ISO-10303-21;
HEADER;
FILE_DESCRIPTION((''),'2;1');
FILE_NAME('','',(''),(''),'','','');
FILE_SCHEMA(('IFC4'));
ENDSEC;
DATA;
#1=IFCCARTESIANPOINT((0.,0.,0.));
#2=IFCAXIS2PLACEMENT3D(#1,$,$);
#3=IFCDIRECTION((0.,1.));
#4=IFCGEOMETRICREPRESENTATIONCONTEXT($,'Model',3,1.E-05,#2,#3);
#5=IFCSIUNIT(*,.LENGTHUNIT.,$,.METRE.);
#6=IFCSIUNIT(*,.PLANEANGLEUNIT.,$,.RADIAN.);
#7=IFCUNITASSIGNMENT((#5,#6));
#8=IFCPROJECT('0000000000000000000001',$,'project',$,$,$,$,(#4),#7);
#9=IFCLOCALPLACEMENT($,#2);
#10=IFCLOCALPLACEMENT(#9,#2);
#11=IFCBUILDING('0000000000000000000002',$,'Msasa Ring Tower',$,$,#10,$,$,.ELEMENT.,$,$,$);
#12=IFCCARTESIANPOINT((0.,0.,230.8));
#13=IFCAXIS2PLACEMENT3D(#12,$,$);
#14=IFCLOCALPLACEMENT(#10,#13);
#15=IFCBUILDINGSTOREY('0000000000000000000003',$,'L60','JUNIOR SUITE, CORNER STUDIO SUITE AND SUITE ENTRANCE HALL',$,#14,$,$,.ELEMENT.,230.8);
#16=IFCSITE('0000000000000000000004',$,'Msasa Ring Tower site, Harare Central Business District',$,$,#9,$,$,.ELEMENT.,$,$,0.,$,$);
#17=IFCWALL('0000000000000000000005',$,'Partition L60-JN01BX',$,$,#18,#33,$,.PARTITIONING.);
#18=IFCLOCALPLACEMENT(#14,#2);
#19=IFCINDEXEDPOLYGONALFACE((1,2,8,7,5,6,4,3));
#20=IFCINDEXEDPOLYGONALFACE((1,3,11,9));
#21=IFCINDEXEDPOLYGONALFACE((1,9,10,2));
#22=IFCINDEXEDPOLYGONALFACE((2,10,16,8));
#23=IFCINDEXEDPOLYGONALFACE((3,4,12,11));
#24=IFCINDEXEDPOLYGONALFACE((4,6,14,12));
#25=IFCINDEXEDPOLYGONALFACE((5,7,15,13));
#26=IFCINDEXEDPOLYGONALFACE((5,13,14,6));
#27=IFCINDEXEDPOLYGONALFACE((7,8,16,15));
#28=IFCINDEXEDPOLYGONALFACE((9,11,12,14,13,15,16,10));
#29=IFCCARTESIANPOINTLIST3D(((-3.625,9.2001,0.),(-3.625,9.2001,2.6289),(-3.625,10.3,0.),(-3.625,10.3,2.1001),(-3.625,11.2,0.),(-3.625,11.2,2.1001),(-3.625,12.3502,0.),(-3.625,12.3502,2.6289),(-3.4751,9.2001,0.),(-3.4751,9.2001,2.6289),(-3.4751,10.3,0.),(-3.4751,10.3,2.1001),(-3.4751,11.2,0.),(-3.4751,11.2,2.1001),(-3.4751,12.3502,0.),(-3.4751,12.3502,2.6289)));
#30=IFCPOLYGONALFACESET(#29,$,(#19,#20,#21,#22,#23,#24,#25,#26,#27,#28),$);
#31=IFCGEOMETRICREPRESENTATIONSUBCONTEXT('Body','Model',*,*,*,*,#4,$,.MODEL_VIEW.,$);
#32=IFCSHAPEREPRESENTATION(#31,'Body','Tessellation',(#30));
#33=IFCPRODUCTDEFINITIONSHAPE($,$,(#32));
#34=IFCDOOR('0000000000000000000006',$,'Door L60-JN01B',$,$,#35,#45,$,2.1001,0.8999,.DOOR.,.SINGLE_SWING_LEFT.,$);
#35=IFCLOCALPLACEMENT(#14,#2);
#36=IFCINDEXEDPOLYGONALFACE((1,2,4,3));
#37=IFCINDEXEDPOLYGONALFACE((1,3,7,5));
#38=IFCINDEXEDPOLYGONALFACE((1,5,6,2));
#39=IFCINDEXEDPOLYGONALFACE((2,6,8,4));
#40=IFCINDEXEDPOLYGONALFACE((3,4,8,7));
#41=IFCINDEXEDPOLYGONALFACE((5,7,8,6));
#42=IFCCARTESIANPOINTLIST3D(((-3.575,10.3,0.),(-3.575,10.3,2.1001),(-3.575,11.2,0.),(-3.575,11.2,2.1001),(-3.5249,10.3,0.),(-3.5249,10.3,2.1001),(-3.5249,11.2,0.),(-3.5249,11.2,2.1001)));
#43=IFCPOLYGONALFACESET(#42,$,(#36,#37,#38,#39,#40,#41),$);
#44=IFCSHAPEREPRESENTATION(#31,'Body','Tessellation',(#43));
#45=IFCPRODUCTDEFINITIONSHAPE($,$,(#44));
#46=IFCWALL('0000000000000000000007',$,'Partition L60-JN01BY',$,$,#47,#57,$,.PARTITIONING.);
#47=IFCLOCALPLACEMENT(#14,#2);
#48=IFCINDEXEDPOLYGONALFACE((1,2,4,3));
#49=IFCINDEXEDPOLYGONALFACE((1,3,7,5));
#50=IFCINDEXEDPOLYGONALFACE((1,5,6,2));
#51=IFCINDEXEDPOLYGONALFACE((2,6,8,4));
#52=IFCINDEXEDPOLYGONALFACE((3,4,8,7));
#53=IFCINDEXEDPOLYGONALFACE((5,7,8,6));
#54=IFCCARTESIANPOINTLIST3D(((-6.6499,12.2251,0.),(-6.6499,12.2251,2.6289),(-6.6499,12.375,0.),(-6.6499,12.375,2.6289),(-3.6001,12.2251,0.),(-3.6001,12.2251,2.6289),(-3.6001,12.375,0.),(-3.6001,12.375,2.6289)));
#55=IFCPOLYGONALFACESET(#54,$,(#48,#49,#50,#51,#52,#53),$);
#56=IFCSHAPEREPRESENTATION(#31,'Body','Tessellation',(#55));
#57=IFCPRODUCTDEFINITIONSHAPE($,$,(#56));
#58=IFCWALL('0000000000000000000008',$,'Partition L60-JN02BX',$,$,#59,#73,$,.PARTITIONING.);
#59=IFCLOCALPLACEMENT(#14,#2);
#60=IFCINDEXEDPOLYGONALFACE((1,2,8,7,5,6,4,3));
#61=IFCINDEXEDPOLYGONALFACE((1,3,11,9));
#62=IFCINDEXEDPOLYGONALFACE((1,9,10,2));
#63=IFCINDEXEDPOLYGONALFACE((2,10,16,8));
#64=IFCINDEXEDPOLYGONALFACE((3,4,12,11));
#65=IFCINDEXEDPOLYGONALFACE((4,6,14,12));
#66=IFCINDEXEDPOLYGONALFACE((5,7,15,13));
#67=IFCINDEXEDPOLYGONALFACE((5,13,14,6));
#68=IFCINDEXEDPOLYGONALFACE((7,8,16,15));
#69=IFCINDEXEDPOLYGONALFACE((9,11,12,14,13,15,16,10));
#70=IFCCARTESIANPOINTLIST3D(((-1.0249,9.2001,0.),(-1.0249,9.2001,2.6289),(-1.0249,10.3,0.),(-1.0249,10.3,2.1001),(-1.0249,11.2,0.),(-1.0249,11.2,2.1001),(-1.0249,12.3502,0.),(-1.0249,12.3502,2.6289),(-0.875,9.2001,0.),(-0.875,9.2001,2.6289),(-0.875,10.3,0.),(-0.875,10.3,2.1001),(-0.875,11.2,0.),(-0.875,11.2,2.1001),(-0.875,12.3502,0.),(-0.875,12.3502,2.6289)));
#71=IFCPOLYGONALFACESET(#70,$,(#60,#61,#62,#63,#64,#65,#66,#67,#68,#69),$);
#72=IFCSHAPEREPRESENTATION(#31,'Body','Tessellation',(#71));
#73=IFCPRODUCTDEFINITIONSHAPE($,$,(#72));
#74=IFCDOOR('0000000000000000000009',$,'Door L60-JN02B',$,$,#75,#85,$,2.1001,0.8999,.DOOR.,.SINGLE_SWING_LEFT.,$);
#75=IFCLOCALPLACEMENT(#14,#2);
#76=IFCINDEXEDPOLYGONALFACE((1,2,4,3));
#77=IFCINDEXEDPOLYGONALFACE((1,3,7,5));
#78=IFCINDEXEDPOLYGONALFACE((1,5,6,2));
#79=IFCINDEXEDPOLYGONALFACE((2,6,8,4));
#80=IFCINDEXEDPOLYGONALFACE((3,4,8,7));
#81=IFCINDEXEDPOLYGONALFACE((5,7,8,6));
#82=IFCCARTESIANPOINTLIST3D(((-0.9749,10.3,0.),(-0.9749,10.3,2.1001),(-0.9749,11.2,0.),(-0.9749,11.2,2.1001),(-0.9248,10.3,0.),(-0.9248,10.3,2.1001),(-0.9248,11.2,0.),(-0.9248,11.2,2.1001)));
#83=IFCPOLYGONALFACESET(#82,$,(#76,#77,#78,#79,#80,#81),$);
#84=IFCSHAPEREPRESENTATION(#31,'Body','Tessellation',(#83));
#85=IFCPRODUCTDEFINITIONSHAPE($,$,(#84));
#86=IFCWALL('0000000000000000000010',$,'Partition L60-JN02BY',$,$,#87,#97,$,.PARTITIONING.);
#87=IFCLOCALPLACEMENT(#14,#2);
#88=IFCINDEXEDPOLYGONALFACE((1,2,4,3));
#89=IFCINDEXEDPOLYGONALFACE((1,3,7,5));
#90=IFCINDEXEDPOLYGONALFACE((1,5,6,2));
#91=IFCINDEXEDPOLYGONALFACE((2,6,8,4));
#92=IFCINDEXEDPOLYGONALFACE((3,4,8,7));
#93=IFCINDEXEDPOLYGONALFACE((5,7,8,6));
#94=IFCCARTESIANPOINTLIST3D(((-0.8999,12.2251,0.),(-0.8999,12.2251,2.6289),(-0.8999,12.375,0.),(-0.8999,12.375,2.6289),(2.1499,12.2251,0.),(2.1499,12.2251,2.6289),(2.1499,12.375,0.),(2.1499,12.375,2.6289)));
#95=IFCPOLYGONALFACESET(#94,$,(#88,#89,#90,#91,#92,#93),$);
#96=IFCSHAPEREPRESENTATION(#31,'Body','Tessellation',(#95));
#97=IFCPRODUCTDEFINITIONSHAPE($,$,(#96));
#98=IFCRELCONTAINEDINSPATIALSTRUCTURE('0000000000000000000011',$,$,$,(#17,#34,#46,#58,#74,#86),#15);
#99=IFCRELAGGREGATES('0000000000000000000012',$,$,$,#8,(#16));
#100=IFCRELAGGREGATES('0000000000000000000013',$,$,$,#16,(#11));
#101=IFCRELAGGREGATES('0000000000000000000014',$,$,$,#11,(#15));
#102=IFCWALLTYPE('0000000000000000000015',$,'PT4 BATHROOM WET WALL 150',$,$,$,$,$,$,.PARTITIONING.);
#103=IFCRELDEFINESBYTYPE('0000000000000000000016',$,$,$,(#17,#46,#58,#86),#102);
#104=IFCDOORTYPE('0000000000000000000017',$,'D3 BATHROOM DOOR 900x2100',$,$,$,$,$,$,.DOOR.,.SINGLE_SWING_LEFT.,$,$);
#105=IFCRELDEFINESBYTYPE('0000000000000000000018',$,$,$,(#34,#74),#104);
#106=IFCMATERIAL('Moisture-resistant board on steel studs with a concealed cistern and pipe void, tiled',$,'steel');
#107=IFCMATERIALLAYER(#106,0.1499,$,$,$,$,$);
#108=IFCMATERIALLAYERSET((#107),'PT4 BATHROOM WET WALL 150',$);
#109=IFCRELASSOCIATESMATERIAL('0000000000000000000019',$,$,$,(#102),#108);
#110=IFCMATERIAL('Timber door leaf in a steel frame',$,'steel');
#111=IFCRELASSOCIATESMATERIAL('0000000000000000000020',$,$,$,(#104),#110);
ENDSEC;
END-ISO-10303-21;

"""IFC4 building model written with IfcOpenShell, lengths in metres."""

from ifc_helpers import new_model, si_unit, direction, frame, frame_2d, origin, place, context, subcontext, project, spatial, rectangle, extrude, material, layer, layer_set, type_object, element, fill, save


model = new_model("IFC4")

# Units and contexts
model_context = context("Model", 3, precision=1e-05, world=origin(), true_north=direction((0.0, 1.0)))
body_context = subcontext(model_context, "Body", "Model", "MODEL_VIEW")
ifc_project = project(units=[si_unit("LENGTHUNIT", "METRE"), si_unit("PLANEANGLEUNIT", "RADIAN")], contexts=[model_context])

# Site, building, storey
site_placement = place(None, origin())
site = spatial("IfcSite", under=ifc_project, at=site_placement, Name="Msasa Ring Tower site, Harare Central Business District", CompositionType="ELEMENT", RefElevation=0.0)
building_placement = place(site_placement, origin())
building = spatial("IfcBuilding", under=site, at=building_placement, Name="Msasa Ring Tower", CompositionType="ELEMENT")
storey_placement = place(building_placement, frame((0.0, 0.0, 230.8)))
storey = spatial("IfcBuildingStorey", under=building, at=storey_placement, Name="L60", Description="JUNIOR SUITE, CORNER STUDIO SUITE AND SUITE ENTRANCE HALL", CompositionType="ELEMENT", Elevation=230.8)

# Shared definitions
ifc_material_1 = material(Name="Moisture-resistant board on steel studs with a concealed cistern and pipe void, tiled", Category="steel")
ifc_layer_1 = layer(ifc_material_1, 0.1499)
ifc_layer_set_1 = layer_set([ifc_layer_1], Name="PT4 BATHROOM WET WALL 150")
wall_type_1 = type_object("IfcWallType", Name="PT4 BATHROOM WET WALL 150", PredefinedType="PARTITIONING", material=ifc_layer_set_1)
ifc_material_2 = material(Name="Timber door leaf in a steel frame", Category="steel")
door_type = type_object("IfcDoorType", Name="D3 BATHROOM DOOR 900x2100", OperationType="SINGLE_SWING_LEFT", PredefinedType="DOOR", material=ifc_material_2)

# Wall, opening, door
wall_1_placement = place(storey_placement, frame((-3.55, 9.2, 0.0), z_axis=(0.0, 0.0, 1.0), x_axis=(0.0, 1.0, 0.0)))
wall_1 = element("IfcWall", 1, at=wall_1_placement, inside=storey, type_object=wall_type_1, Name="Partition L60-JN01BX", PredefinedType="PARTITIONING", context=body_context, shape_type="SweptSolid", body=[
    extrude(rectangle(XDim=3.1501, YDim=0.1499, at=frame_2d((1.5752, 0.0))), origin(), (0.0, 0.0, 1.0), 2.6289),
])
opening_1_placement = place(wall_1_placement, frame((1.1001, 0.0, 0.0)))
opening_1 = element("IfcOpeningElement", 2, at=opening_1_placement, cuts=wall_1, PredefinedType="OPENING", context=body_context, shape_type="SweptSolid", body=[
    extrude(rectangle(XDim=0.8999, YDim=2.1001, at=frame_2d((0.45, 1.05))), frame((0.0, 0.085, 0.0), z_axis=(0.0, -1.0, 0.0), x_axis=(1.0, 0.0, 0.0)), (0.0, 0.0, 1.0), 0.1699),
])
door_1_placement = place(opening_1_placement, origin())
door_1 = element("IfcDoor", 3, at=door_1_placement, inside=storey, type_object=door_type, Name="Door L60-JN01B", OperationType="SINGLE_SWING_LEFT", OverallHeight=2.1001, OverallWidth=0.8999, PredefinedType="DOOR", context=body_context, shape_type="SweptSolid", body=[
    extrude(rectangle(XDim=0.8999, YDim=2.1001, at=frame_2d((0.45, 1.05))), frame((0.0, 0.0249, 0.0), z_axis=(0.0, -1.0, 0.0), x_axis=(1.0, 0.0, 0.0)), (0.0, 0.0, 1.0), 0.05),
])
fill(opening_1, door_1)

# Wall
wall_2_placement = place(storey_placement, frame((-6.6499, 12.3, 0.0), z_axis=(0.0, 0.0, 1.0), x_axis=(1.0, 0.0, 0.0)))
element("IfcWall", 4, at=wall_2_placement, inside=storey, type_object=wall_type_1, Name="Partition L60-JN01BY", PredefinedType="PARTITIONING", context=body_context, shape_type="SweptSolid", body=[
    extrude(rectangle(XDim=3.0498, YDim=0.1499, at=frame_2d((1.5249, 0.0))), origin(), (0.0, 0.0, 1.0), 2.6289),
])

# Wall, opening, door
wall_3_placement = place(storey_placement, frame((-0.95, 9.2, 0.0), z_axis=(0.0, 0.0, 1.0), x_axis=(0.0, 1.0, 0.0)))
wall_3 = element("IfcWall", 5, at=wall_3_placement, inside=storey, type_object=wall_type_1, Name="Partition L60-JN02BX", PredefinedType="PARTITIONING", context=body_context, shape_type="SweptSolid", body=[
    extrude(rectangle(XDim=3.1501, YDim=0.1499, at=frame_2d((1.5752, 0.0))), origin(), (0.0, 0.0, 1.0), 2.6289),
])
opening_2_placement = place(wall_3_placement, frame((1.1001, 0.0, 0.0)))
opening_2 = element("IfcOpeningElement", 6, at=opening_2_placement, cuts=wall_3, PredefinedType="OPENING", context=body_context, shape_type="SweptSolid", body=[
    extrude(rectangle(XDim=0.8999, YDim=2.1001, at=frame_2d((0.45, 1.05))), frame((0.0, 0.085, 0.0), z_axis=(0.0, -1.0, 0.0), x_axis=(1.0, 0.0, 0.0)), (0.0, 0.0, 1.0), 0.1699),
])
door_2_placement = place(opening_2_placement, origin())
door_2 = element("IfcDoor", 7, at=door_2_placement, inside=storey, type_object=door_type, Name="Door L60-JN02B", OperationType="SINGLE_SWING_LEFT", OverallHeight=2.1001, OverallWidth=0.8999, PredefinedType="DOOR", context=body_context, shape_type="SweptSolid", body=[
    extrude(rectangle(XDim=0.8999, YDim=2.1001, at=frame_2d((0.45, 1.05))), frame((0.0, 0.0249, 0.0), z_axis=(0.0, -1.0, 0.0), x_axis=(1.0, 0.0, 0.0)), (0.0, 0.0, 1.0), 0.05),
])
fill(opening_2, door_2)

# Wall
wall_4_placement = place(storey_placement, frame((-0.8999, 12.3, 0.0), z_axis=(0.0, 0.0, 1.0), x_axis=(1.0, 0.0, 0.0)))
element("IfcWall", 8, at=wall_4_placement, inside=storey, type_object=wall_type_1, Name="Partition L60-JN02BY", PredefinedType="PARTITIONING", context=body_context, shape_type="SweptSolid", body=[
    extrude(rectangle(XDim=3.0498, YDim=0.1499, at=frame_2d((1.5249, 0.0))), origin(), (0.0, 0.0, 1.0), 2.6289),
])

save(model, "model.ifc")
